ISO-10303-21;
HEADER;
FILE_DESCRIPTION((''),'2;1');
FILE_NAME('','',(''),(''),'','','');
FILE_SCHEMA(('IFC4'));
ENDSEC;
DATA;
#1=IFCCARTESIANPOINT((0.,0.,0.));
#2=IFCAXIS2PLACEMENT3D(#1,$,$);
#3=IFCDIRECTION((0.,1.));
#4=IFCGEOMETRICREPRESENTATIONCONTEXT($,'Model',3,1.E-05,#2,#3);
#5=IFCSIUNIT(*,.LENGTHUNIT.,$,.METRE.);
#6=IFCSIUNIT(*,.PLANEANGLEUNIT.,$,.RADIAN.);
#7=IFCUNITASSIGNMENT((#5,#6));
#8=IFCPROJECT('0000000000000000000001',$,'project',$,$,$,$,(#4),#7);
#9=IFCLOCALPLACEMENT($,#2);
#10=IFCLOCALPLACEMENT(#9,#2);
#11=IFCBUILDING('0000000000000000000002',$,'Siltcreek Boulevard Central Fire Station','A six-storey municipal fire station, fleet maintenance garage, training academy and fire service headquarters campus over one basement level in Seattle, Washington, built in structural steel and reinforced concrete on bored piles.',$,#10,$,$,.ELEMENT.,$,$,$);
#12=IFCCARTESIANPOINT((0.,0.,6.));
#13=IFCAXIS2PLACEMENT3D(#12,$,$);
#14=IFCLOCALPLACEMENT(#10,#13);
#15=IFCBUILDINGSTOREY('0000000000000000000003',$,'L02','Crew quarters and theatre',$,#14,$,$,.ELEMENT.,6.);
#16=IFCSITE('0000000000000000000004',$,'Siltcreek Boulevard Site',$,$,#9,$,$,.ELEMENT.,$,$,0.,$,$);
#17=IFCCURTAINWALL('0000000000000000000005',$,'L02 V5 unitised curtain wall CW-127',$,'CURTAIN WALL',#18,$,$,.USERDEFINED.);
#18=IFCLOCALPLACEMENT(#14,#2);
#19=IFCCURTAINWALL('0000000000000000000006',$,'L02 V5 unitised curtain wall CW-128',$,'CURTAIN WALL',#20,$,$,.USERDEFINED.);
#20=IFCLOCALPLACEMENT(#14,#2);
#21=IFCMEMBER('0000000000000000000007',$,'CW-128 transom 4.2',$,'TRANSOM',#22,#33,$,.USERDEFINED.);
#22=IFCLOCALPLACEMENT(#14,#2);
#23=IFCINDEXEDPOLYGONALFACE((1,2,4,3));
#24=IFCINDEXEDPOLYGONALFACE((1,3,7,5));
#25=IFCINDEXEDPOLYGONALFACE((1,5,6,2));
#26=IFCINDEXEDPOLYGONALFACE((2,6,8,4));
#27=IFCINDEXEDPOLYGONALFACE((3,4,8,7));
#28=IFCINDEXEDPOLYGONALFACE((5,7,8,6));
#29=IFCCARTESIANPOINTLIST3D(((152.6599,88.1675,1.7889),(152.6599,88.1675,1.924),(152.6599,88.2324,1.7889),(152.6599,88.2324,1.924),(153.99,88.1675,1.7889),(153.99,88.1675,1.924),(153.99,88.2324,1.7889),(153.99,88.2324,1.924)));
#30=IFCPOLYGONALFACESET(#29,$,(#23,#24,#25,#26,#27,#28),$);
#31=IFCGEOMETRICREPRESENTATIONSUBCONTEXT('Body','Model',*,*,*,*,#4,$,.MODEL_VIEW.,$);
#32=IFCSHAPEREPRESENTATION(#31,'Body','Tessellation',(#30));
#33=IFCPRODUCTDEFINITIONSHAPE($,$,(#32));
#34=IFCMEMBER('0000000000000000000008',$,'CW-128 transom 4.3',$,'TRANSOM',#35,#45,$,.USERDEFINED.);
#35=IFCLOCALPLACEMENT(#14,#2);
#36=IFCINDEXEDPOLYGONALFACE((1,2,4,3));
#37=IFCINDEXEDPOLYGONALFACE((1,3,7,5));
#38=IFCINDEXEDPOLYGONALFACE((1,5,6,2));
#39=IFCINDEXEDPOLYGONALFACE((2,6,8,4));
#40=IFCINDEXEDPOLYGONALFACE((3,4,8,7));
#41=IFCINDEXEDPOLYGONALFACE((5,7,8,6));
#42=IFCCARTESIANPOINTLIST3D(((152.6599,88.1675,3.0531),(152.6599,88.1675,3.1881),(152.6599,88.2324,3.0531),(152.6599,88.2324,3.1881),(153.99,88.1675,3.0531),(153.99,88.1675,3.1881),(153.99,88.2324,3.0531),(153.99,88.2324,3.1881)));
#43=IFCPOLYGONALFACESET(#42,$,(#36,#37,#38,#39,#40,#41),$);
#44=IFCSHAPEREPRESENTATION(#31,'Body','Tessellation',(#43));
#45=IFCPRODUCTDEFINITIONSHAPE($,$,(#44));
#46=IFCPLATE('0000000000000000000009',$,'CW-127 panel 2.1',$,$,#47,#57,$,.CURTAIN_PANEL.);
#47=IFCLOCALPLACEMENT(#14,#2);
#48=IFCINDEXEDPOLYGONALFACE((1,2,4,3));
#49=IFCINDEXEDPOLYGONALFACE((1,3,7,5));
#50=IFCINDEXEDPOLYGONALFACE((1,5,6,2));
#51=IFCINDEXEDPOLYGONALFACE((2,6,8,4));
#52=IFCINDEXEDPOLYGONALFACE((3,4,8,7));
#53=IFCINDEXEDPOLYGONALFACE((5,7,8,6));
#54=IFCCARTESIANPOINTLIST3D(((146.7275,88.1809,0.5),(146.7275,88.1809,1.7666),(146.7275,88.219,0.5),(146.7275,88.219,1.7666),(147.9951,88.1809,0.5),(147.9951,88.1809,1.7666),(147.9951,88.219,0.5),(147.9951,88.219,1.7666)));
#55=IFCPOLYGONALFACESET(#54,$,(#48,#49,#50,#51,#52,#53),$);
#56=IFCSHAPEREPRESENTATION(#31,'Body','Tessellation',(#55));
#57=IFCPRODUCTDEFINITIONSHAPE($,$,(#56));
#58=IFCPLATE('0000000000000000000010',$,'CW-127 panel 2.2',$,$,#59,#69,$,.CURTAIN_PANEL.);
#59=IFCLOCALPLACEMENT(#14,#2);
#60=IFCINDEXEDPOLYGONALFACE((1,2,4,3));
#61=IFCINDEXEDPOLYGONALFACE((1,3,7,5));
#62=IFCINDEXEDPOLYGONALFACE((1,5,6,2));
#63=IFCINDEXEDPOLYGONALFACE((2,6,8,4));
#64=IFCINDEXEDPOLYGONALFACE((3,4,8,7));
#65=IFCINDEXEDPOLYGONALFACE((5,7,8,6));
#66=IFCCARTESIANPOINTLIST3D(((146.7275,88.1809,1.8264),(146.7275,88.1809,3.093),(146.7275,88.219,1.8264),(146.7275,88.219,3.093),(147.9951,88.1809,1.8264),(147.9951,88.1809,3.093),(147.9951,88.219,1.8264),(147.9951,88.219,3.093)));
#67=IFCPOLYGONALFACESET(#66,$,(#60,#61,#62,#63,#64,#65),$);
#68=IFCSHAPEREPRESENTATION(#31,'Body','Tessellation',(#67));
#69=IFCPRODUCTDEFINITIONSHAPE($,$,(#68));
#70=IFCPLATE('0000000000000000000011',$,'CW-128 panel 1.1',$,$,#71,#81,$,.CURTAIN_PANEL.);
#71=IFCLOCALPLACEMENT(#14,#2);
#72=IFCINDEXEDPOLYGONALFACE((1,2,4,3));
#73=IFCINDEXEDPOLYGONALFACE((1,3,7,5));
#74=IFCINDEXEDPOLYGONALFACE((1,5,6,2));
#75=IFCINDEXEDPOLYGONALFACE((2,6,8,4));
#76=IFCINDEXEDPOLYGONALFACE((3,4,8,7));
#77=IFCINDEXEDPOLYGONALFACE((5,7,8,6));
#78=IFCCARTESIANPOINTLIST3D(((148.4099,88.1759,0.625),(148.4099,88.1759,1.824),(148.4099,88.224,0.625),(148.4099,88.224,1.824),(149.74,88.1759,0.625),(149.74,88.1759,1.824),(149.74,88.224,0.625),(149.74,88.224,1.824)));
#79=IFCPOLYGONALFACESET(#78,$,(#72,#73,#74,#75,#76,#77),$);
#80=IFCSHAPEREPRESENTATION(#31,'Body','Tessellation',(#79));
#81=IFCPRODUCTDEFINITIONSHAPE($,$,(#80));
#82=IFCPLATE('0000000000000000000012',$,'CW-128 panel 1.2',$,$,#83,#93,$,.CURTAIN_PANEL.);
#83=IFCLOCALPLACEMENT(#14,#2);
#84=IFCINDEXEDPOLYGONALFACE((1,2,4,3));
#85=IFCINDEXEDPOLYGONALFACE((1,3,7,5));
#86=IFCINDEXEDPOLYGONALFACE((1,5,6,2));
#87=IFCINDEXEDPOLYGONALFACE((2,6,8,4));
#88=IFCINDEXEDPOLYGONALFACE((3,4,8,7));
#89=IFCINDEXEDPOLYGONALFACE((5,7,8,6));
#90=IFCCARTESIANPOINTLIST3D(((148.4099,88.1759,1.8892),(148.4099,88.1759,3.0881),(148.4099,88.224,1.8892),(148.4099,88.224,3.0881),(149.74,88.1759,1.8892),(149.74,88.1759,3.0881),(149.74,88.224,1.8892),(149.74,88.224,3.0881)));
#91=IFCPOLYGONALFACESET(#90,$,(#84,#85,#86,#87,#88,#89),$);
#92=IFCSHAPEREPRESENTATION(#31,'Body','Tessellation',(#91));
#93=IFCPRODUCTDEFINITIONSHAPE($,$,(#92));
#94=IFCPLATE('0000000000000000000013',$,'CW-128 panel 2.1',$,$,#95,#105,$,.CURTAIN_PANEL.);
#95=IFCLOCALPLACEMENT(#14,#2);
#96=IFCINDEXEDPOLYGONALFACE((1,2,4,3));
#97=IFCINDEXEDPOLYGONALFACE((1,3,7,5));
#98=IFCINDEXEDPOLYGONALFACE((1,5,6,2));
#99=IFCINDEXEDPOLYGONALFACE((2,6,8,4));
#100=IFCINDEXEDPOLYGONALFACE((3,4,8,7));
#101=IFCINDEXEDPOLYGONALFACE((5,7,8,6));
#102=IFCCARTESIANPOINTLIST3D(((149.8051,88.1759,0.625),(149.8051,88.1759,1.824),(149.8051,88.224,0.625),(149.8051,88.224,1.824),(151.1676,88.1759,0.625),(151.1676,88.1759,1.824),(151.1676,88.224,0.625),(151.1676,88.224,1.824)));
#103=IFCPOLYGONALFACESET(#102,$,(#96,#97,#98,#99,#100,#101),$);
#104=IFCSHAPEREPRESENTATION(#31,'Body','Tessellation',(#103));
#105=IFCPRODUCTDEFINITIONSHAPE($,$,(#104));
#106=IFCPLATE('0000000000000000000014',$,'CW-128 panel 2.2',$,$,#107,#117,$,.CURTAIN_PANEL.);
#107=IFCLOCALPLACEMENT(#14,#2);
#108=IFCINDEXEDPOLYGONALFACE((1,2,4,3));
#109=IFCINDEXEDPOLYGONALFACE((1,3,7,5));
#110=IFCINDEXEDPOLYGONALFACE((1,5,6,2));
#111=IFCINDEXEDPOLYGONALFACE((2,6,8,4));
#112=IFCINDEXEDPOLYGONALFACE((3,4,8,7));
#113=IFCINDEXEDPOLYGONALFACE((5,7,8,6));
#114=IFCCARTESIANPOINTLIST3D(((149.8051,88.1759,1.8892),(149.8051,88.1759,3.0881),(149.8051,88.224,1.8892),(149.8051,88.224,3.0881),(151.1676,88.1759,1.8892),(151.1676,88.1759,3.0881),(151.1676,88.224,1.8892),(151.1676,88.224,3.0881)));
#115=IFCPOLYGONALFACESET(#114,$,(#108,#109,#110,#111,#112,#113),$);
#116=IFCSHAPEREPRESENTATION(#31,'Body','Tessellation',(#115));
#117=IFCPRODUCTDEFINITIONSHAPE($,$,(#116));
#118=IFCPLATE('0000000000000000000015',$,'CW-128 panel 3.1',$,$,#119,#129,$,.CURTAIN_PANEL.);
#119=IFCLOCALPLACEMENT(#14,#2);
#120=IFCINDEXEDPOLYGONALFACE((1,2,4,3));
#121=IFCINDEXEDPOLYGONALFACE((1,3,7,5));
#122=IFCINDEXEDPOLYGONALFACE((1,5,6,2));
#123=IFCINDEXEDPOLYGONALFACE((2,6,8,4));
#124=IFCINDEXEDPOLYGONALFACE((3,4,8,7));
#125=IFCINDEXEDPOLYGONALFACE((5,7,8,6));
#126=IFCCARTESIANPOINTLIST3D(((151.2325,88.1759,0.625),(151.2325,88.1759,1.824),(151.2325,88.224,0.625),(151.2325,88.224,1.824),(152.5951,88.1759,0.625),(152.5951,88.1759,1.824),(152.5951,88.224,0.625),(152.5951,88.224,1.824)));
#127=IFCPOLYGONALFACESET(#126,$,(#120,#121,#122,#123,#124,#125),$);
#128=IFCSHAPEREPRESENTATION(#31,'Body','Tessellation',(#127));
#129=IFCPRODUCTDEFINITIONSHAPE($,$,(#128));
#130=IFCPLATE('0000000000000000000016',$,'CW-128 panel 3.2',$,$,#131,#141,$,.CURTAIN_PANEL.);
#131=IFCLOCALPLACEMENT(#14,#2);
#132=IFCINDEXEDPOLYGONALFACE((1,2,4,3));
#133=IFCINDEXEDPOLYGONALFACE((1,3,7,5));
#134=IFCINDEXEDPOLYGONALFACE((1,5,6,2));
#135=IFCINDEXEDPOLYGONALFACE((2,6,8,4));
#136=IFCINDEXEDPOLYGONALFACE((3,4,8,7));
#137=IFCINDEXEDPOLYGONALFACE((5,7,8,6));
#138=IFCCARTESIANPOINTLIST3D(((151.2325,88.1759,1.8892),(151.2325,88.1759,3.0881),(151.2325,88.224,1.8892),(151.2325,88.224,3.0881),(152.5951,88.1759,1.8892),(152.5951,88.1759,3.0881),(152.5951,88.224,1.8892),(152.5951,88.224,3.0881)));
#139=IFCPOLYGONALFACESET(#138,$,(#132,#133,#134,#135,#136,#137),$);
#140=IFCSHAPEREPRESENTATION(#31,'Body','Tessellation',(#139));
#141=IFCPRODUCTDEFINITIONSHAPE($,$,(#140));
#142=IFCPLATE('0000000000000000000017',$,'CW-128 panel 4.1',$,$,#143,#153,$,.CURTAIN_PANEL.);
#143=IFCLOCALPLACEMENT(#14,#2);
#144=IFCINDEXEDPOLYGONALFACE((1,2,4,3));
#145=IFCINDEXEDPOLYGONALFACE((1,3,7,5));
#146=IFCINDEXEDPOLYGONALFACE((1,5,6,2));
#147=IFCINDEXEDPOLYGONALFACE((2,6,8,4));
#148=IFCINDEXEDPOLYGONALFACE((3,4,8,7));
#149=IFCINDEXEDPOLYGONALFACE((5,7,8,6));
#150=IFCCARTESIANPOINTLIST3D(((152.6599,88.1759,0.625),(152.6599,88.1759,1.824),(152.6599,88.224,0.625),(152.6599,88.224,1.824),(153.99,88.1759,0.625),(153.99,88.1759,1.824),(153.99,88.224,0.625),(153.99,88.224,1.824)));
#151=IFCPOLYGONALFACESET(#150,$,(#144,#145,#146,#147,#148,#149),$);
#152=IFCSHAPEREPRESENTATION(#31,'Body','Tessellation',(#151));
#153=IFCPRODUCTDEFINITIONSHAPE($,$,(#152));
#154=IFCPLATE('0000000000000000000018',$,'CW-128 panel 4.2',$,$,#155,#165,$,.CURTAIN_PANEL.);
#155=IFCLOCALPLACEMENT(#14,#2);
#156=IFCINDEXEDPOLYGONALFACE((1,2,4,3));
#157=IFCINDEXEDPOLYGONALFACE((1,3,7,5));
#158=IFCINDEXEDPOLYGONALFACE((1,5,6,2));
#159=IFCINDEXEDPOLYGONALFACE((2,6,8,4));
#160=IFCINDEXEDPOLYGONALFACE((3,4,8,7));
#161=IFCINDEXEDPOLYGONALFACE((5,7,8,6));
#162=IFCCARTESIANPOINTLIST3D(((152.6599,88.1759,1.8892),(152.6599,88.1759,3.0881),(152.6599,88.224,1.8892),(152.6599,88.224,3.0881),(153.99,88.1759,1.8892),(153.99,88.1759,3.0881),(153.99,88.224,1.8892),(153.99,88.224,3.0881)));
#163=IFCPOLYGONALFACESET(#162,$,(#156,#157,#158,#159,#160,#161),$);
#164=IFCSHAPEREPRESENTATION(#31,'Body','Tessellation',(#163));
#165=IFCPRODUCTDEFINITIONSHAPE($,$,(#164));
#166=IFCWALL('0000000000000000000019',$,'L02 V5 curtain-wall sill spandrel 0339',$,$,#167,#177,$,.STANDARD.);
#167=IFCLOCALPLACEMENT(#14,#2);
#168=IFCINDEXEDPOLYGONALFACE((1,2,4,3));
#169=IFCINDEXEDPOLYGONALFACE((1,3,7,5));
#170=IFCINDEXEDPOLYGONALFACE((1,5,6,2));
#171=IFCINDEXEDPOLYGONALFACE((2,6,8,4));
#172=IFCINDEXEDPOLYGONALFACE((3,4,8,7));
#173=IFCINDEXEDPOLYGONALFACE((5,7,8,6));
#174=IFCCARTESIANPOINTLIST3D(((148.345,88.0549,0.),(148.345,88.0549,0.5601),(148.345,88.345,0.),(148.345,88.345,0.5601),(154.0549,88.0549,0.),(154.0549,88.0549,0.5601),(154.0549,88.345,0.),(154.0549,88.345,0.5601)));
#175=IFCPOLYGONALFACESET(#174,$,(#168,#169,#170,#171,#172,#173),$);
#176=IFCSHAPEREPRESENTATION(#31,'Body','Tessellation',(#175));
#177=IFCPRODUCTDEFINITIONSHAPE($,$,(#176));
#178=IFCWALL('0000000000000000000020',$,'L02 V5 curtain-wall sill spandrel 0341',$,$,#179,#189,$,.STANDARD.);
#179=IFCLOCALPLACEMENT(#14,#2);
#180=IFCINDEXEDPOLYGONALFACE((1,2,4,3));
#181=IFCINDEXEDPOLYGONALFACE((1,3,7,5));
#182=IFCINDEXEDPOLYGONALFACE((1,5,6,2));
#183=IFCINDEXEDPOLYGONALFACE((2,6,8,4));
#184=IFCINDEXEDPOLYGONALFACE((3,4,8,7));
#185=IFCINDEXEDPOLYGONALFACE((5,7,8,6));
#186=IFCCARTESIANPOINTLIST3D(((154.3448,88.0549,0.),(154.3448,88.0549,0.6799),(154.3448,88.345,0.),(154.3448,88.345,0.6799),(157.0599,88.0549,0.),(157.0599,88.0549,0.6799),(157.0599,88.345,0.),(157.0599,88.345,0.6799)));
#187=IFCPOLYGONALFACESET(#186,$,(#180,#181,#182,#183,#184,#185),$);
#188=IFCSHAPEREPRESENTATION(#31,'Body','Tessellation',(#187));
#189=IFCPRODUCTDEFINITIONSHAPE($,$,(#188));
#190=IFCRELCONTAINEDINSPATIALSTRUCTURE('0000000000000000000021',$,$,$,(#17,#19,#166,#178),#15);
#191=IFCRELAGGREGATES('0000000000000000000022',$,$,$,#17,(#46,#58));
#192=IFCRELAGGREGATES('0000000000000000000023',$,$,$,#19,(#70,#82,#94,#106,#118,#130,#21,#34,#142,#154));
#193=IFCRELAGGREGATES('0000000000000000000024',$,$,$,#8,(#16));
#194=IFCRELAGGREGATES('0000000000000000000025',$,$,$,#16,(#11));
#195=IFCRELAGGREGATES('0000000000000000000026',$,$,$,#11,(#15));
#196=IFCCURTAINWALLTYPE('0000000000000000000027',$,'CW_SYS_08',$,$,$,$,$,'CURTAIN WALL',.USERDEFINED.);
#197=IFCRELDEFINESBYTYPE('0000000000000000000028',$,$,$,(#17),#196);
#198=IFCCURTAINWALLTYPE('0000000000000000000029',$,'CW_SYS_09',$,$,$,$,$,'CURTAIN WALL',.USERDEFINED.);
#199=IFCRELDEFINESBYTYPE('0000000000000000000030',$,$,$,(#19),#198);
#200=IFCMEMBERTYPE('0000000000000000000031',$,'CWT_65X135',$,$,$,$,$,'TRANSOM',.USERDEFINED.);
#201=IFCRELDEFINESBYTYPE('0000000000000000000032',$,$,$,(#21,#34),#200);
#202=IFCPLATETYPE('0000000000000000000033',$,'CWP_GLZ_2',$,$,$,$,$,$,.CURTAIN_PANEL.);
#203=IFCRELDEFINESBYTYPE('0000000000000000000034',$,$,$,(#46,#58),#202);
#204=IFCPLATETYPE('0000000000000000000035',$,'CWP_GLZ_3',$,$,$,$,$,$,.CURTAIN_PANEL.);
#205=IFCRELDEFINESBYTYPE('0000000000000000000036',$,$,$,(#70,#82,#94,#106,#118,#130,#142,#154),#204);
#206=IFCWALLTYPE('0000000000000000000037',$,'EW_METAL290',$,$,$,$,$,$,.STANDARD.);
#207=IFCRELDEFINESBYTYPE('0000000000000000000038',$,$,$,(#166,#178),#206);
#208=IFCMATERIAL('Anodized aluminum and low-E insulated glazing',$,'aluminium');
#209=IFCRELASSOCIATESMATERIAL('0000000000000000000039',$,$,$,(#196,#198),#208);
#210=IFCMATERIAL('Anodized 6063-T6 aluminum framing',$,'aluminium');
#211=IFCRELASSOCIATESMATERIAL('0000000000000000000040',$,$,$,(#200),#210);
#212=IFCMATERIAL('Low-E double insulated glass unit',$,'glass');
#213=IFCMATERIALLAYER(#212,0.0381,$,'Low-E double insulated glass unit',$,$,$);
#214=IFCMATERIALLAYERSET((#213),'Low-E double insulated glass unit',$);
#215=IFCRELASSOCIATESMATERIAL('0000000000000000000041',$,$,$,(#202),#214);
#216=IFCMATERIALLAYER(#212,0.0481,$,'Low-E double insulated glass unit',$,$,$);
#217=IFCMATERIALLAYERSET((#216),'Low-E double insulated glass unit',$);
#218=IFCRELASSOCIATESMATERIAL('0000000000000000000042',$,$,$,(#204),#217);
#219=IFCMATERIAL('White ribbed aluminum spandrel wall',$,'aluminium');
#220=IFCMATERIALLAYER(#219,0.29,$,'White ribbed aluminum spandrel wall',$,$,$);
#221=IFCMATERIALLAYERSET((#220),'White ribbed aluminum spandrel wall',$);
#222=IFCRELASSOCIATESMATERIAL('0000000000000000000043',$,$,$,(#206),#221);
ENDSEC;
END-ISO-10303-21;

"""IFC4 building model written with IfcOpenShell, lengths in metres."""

from ifc_helpers import new_model, si_unit, direction, frame, frame_2d, origin, origin_2d, place, context, subcontext, project, spatial, rectangle, extrude, material, layer, layer_set, material_profile, profile_set, type_object, element, aggregate, save


model = new_model("IFC4")

# Units and contexts
model_context = context("Model", 3, precision=1e-05, world=origin(), true_north=direction((0.0, 1.0)))
body_context = subcontext(model_context, "Body", "Model", "MODEL_VIEW")
ifc_project = project(units=[si_unit("LENGTHUNIT", "METRE"), si_unit("PLANEANGLEUNIT", "RADIAN")], contexts=[model_context])

# Site, building, storey
site_placement = place(None, origin())
site = spatial("IfcSite", under=ifc_project, at=site_placement, Name="Siltcreek Boulevard Site", CompositionType="ELEMENT", RefElevation=0.0)
building_placement = place(site_placement, origin())
building = spatial("IfcBuilding", under=site, at=building_placement, Name="Siltcreek Boulevard Central Fire Station", Description="A six-storey municipal fire station, fleet maintenance garage, training academy and fire service headquarters campus over one basement level in Seattle, Washington, built in structural steel and reinforced concrete on bored piles.", CompositionType="ELEMENT")
storey_placement = place(building_placement, frame((0.0, 0.0, 6.0)))
storey = spatial("IfcBuildingStorey", under=building, at=storey_placement, Name="L02", Description="Crew quarters and theatre", CompositionType="ELEMENT", Elevation=6.0)

# Curtain wall
ifc_material_1 = material(Name="Anodized aluminum and low-E insulated glazing", Category="aluminium")
curtain_wall_type_1 = type_object("IfcCurtainWallType", Name="CW_SYS_08", ElementType="CURTAIN WALL", PredefinedType="USERDEFINED", material=ifc_material_1)
curtain_wall_1_placement = place(storey_placement, origin())
curtain_wall_1 = element("IfcCurtainWall", 1, at=curtain_wall_1_placement, inside=storey, type_object=curtain_wall_type_1, Name="L02 V5 unitised curtain wall CW-127", ObjectType="CURTAIN WALL", PredefinedType="USERDEFINED")
ifc_material_2 = material(Name="Anodized 6063-T6 aluminum framing", Category="aluminium")

# Curtain wall
curtain_wall_type_2 = type_object("IfcCurtainWallType", Name="CW_SYS_09", ElementType="CURTAIN WALL", PredefinedType="USERDEFINED", material=ifc_material_1)
curtain_wall_2_placement = place(storey_placement, origin())
curtain_wall_2 = element("IfcCurtainWall", 2, at=curtain_wall_2_placement, inside=storey, type_object=curtain_wall_type_2, Name="L02 V5 unitised curtain wall CW-128", ObjectType="CURTAIN WALL", PredefinedType="USERDEFINED")

# Members
ifc_material_profile_1 = material_profile(ifc_material_2, rectangle(XDim=0.0649, YDim=0.135, at=origin_2d()), Name="TRAN65X135")
ifc_profile_set_1 = profile_set([ifc_material_profile_1], Name="Anodized 6063-T6 aluminum framing")
member_type_1 = type_object("IfcMemberType", Name="CWT_65X135", ElementType="TRANSOM", PredefinedType="USERDEFINED", material=ifc_profile_set_1)
member_1_placement = place(storey_placement, frame((152.6599, 88.2, 1.8564), z_axis=(1.0, 0.0, 0.0), x_axis=(0.0, 1.0, 0.0)))
member_1 = element("IfcMember", 3, at=member_1_placement, type_object=member_type_1, Name="CW-128 transom 4.2", ObjectType="TRANSOM", PredefinedType="USERDEFINED", context=body_context, shape_type="SweptSolid", body=[
    extrude(rectangle(XDim=0.0649, YDim=0.135, at=origin_2d()), origin(), (0.0, 0.0, 1.0), 1.3301),
])
member_2_placement = place(storey_placement, frame((152.6599, 88.2, 3.1206), z_axis=(1.0, 0.0, 0.0), x_axis=(0.0, 1.0, 0.0)))
member_2 = element("IfcMember", 4, at=member_2_placement, type_object=member_type_1, Name="CW-128 transom 4.3", ObjectType="TRANSOM", PredefinedType="USERDEFINED", context=body_context, shape_type="SweptSolid", body=[
    extrude(rectangle(XDim=0.0649, YDim=0.135, at=origin_2d()), origin(), (0.0, 0.0, 1.0), 1.3301),
])

# Plates
ifc_material_3 = material(Name="Low-E double insulated glass unit", Category="glass")
ifc_layer_1 = layer(ifc_material_3, 0.0381, Name="Low-E double insulated glass unit")
ifc_layer_set_1 = layer_set([ifc_layer_1], Name="Low-E double insulated glass unit")
plate_type_1 = type_object("IfcPlateType", Name="CWP_GLZ_2", PredefinedType="CURTAIN_PANEL", material=ifc_layer_set_1)
plate_1_placement = place(storey_placement, frame((147.3613, 88.2, 0.5), z_axis=(0.0, 0.0, 1.0), x_axis=(1.0, 0.0, 0.0)))
plate_1 = element("IfcPlate", 5, at=plate_1_placement, type_object=plate_type_1, Name="CW-127 panel 2.1", PredefinedType="CURTAIN_PANEL", context=body_context, shape_type="SweptSolid", body=[
    extrude(rectangle(XDim=1.2676, YDim=0.0381, at=origin_2d()), origin(), (0.0, 0.0, 1.0), 1.2666),
])
plate_2_placement = place(storey_placement, frame((147.3613, 88.2, 1.8264), z_axis=(0.0, 0.0, 1.0), x_axis=(1.0, 0.0, 0.0)))
plate_2 = element("IfcPlate", 6, at=plate_2_placement, type_object=plate_type_1, Name="CW-127 panel 2.2", PredefinedType="CURTAIN_PANEL", context=body_context, shape_type="SweptSolid", body=[
    extrude(rectangle(XDim=1.2676, YDim=0.0381, at=origin_2d()), origin(), (0.0, 0.0, 1.0), 1.2666),
])
aggregate(curtain_wall_1, [plate_1, plate_2])
ifc_layer_2 = layer(ifc_material_3, 0.0481, Name="Low-E double insulated glass unit")
ifc_layer_set_2 = layer_set([ifc_layer_2], Name="Low-E double insulated glass unit")
plate_type_2 = type_object("IfcPlateType", Name="CWP_GLZ_3", PredefinedType="CURTAIN_PANEL", material=ifc_layer_set_2)
plate_3_placement = place(storey_placement, frame((149.075, 88.2, 0.625), z_axis=(0.0, 0.0, 1.0), x_axis=(1.0, 0.0, 0.0)))
plate_3 = element("IfcPlate", 7, at=plate_3_placement, type_object=plate_type_2, Name="CW-128 panel 1.1", PredefinedType="CURTAIN_PANEL", context=body_context, shape_type="SweptSolid", body=[
    extrude(rectangle(XDim=1.3301, YDim=0.0481, at=origin_2d()), origin(), (0.0, 0.0, 1.0), 1.199),
])
plate_4_placement = place(storey_placement, frame((149.075, 88.2, 1.8892), z_axis=(0.0, 0.0, 1.0), x_axis=(1.0, 0.0, 0.0)))
plate_4 = element("IfcPlate", 8, at=plate_4_placement, type_object=plate_type_2, Name="CW-128 panel 1.2", PredefinedType="CURTAIN_PANEL", context=body_context, shape_type="SweptSolid", body=[
    extrude(rectangle(XDim=1.3301, YDim=0.0481, at=origin_2d()), origin(), (0.0, 0.0, 1.0), 1.199),
])
plate_5_placement = place(storey_placement, frame((150.4863, 88.2, 0.625), z_axis=(0.0, 0.0, 1.0), x_axis=(1.0, 0.0, 0.0)))
plate_5 = element("IfcPlate", 9, at=plate_5_placement, type_object=plate_type_2, Name="CW-128 panel 2.1", PredefinedType="CURTAIN_PANEL", context=body_context, shape_type="SweptSolid", body=[
    extrude(rectangle(XDim=1.3625, YDim=0.0481, at=origin_2d()), origin(), (0.0, 0.0, 1.0), 1.199),
])
plate_6_placement = place(storey_placement, frame((150.4863, 88.2, 1.8892), z_axis=(0.0, 0.0, 1.0), x_axis=(1.0, 0.0, 0.0)))
plate_6 = element("IfcPlate", 10, at=plate_6_placement, type_object=plate_type_2, Name="CW-128 panel 2.2", PredefinedType="CURTAIN_PANEL", context=body_context, shape_type="SweptSolid", body=[
    extrude(rectangle(XDim=1.3625, YDim=0.0481, at=origin_2d()), origin(), (0.0, 0.0, 1.0), 1.199),
])
plate_7_placement = place(storey_placement, frame((151.9138, 88.2, 0.625), z_axis=(0.0, 0.0, 1.0), x_axis=(1.0, 0.0, 0.0)))
plate_7 = element("IfcPlate", 11, at=plate_7_placement, type_object=plate_type_2, Name="CW-128 panel 3.1", PredefinedType="CURTAIN_PANEL", context=body_context, shape_type="SweptSolid", body=[
    extrude(rectangle(XDim=1.3625, YDim=0.0481, at=origin_2d()), origin(), (0.0, 0.0, 1.0), 1.199),
])
plate_8_placement = place(storey_placement, frame((151.9138, 88.2, 1.8892), z_axis=(0.0, 0.0, 1.0), x_axis=(1.0, 0.0, 0.0)))
plate_8 = element("IfcPlate", 12, at=plate_8_placement, type_object=plate_type_2, Name="CW-128 panel 3.2", PredefinedType="CURTAIN_PANEL", context=body_context, shape_type="SweptSolid", body=[
    extrude(rectangle(XDim=1.3625, YDim=0.0481, at=origin_2d()), origin(), (0.0, 0.0, 1.0), 1.199),
])
plate_9_placement = place(storey_placement, frame((153.325, 88.2, 0.625), z_axis=(0.0, 0.0, 1.0), x_axis=(1.0, 0.0, 0.0)))
plate_9 = element("IfcPlate", 13, at=plate_9_placement, type_object=plate_type_2, Name="CW-128 panel 4.1", PredefinedType="CURTAIN_PANEL", context=body_context, shape_type="SweptSolid", body=[
    extrude(rectangle(XDim=1.3301, YDim=0.0481, at=origin_2d()), origin(), (0.0, 0.0, 1.0), 1.199),
])
plate_10_placement = place(storey_placement, frame((153.325, 88.2, 1.8892), z_axis=(0.0, 0.0, 1.0), x_axis=(1.0, 0.0, 0.0)))
plate_10 = element("IfcPlate", 14, at=plate_10_placement, type_object=plate_type_2, Name="CW-128 panel 4.2", PredefinedType="CURTAIN_PANEL", context=body_context, shape_type="SweptSolid", body=[
    extrude(rectangle(XDim=1.3301, YDim=0.0481, at=origin_2d()), origin(), (0.0, 0.0, 1.0), 1.199),
])
aggregate(curtain_wall_2, [plate_3, plate_4, plate_5, plate_6, plate_7, plate_8, member_1, member_2, plate_9, plate_10])

# Walls
ifc_material_4 = material(Name="White ribbed aluminum spandrel wall", Category="aluminium")
ifc_layer_3 = layer(ifc_material_4, 0.29, Name="White ribbed aluminum spandrel wall")
ifc_layer_set_3 = layer_set([ifc_layer_3], Name="White ribbed aluminum spandrel wall")
wall_type = type_object("IfcWallType", Name="EW_METAL290", PredefinedType="STANDARD", material=ifc_layer_set_3)
wall_1_placement = place(storey_placement, frame((148.345, 88.2, 0.0), z_axis=(0.0, 0.0, 1.0), x_axis=(1.0, 0.0, 0.0)))
element("IfcWall", 15, at=wall_1_placement, inside=storey, type_object=wall_type, Name="L02 V5 curtain-wall sill spandrel 0339", PredefinedType="STANDARD", context=body_context, shape_type="SweptSolid", body=[
    extrude(rectangle(XDim=5.71, YDim=0.29, at=frame_2d((2.855, 0.0))), origin(), (0.0, 0.0, 1.0), 0.5601),
])
wall_2_placement = place(storey_placement, frame((154.345, 88.2, 0.0), z_axis=(0.0, 0.0, 1.0), x_axis=(1.0, 0.0, 0.0)))
element("IfcWall", 16, at=wall_2_placement, inside=storey, type_object=wall_type, Name="L02 V5 curtain-wall sill spandrel 0341", PredefinedType="STANDARD", context=body_context, shape_type="SweptSolid", body=[
    extrude(rectangle(XDim=2.7151, YDim=0.29, at=frame_2d((1.3574, 0.0))), origin(), (0.0, 0.0, 1.0), 0.6799),
])

save(model, "model.ifc")
